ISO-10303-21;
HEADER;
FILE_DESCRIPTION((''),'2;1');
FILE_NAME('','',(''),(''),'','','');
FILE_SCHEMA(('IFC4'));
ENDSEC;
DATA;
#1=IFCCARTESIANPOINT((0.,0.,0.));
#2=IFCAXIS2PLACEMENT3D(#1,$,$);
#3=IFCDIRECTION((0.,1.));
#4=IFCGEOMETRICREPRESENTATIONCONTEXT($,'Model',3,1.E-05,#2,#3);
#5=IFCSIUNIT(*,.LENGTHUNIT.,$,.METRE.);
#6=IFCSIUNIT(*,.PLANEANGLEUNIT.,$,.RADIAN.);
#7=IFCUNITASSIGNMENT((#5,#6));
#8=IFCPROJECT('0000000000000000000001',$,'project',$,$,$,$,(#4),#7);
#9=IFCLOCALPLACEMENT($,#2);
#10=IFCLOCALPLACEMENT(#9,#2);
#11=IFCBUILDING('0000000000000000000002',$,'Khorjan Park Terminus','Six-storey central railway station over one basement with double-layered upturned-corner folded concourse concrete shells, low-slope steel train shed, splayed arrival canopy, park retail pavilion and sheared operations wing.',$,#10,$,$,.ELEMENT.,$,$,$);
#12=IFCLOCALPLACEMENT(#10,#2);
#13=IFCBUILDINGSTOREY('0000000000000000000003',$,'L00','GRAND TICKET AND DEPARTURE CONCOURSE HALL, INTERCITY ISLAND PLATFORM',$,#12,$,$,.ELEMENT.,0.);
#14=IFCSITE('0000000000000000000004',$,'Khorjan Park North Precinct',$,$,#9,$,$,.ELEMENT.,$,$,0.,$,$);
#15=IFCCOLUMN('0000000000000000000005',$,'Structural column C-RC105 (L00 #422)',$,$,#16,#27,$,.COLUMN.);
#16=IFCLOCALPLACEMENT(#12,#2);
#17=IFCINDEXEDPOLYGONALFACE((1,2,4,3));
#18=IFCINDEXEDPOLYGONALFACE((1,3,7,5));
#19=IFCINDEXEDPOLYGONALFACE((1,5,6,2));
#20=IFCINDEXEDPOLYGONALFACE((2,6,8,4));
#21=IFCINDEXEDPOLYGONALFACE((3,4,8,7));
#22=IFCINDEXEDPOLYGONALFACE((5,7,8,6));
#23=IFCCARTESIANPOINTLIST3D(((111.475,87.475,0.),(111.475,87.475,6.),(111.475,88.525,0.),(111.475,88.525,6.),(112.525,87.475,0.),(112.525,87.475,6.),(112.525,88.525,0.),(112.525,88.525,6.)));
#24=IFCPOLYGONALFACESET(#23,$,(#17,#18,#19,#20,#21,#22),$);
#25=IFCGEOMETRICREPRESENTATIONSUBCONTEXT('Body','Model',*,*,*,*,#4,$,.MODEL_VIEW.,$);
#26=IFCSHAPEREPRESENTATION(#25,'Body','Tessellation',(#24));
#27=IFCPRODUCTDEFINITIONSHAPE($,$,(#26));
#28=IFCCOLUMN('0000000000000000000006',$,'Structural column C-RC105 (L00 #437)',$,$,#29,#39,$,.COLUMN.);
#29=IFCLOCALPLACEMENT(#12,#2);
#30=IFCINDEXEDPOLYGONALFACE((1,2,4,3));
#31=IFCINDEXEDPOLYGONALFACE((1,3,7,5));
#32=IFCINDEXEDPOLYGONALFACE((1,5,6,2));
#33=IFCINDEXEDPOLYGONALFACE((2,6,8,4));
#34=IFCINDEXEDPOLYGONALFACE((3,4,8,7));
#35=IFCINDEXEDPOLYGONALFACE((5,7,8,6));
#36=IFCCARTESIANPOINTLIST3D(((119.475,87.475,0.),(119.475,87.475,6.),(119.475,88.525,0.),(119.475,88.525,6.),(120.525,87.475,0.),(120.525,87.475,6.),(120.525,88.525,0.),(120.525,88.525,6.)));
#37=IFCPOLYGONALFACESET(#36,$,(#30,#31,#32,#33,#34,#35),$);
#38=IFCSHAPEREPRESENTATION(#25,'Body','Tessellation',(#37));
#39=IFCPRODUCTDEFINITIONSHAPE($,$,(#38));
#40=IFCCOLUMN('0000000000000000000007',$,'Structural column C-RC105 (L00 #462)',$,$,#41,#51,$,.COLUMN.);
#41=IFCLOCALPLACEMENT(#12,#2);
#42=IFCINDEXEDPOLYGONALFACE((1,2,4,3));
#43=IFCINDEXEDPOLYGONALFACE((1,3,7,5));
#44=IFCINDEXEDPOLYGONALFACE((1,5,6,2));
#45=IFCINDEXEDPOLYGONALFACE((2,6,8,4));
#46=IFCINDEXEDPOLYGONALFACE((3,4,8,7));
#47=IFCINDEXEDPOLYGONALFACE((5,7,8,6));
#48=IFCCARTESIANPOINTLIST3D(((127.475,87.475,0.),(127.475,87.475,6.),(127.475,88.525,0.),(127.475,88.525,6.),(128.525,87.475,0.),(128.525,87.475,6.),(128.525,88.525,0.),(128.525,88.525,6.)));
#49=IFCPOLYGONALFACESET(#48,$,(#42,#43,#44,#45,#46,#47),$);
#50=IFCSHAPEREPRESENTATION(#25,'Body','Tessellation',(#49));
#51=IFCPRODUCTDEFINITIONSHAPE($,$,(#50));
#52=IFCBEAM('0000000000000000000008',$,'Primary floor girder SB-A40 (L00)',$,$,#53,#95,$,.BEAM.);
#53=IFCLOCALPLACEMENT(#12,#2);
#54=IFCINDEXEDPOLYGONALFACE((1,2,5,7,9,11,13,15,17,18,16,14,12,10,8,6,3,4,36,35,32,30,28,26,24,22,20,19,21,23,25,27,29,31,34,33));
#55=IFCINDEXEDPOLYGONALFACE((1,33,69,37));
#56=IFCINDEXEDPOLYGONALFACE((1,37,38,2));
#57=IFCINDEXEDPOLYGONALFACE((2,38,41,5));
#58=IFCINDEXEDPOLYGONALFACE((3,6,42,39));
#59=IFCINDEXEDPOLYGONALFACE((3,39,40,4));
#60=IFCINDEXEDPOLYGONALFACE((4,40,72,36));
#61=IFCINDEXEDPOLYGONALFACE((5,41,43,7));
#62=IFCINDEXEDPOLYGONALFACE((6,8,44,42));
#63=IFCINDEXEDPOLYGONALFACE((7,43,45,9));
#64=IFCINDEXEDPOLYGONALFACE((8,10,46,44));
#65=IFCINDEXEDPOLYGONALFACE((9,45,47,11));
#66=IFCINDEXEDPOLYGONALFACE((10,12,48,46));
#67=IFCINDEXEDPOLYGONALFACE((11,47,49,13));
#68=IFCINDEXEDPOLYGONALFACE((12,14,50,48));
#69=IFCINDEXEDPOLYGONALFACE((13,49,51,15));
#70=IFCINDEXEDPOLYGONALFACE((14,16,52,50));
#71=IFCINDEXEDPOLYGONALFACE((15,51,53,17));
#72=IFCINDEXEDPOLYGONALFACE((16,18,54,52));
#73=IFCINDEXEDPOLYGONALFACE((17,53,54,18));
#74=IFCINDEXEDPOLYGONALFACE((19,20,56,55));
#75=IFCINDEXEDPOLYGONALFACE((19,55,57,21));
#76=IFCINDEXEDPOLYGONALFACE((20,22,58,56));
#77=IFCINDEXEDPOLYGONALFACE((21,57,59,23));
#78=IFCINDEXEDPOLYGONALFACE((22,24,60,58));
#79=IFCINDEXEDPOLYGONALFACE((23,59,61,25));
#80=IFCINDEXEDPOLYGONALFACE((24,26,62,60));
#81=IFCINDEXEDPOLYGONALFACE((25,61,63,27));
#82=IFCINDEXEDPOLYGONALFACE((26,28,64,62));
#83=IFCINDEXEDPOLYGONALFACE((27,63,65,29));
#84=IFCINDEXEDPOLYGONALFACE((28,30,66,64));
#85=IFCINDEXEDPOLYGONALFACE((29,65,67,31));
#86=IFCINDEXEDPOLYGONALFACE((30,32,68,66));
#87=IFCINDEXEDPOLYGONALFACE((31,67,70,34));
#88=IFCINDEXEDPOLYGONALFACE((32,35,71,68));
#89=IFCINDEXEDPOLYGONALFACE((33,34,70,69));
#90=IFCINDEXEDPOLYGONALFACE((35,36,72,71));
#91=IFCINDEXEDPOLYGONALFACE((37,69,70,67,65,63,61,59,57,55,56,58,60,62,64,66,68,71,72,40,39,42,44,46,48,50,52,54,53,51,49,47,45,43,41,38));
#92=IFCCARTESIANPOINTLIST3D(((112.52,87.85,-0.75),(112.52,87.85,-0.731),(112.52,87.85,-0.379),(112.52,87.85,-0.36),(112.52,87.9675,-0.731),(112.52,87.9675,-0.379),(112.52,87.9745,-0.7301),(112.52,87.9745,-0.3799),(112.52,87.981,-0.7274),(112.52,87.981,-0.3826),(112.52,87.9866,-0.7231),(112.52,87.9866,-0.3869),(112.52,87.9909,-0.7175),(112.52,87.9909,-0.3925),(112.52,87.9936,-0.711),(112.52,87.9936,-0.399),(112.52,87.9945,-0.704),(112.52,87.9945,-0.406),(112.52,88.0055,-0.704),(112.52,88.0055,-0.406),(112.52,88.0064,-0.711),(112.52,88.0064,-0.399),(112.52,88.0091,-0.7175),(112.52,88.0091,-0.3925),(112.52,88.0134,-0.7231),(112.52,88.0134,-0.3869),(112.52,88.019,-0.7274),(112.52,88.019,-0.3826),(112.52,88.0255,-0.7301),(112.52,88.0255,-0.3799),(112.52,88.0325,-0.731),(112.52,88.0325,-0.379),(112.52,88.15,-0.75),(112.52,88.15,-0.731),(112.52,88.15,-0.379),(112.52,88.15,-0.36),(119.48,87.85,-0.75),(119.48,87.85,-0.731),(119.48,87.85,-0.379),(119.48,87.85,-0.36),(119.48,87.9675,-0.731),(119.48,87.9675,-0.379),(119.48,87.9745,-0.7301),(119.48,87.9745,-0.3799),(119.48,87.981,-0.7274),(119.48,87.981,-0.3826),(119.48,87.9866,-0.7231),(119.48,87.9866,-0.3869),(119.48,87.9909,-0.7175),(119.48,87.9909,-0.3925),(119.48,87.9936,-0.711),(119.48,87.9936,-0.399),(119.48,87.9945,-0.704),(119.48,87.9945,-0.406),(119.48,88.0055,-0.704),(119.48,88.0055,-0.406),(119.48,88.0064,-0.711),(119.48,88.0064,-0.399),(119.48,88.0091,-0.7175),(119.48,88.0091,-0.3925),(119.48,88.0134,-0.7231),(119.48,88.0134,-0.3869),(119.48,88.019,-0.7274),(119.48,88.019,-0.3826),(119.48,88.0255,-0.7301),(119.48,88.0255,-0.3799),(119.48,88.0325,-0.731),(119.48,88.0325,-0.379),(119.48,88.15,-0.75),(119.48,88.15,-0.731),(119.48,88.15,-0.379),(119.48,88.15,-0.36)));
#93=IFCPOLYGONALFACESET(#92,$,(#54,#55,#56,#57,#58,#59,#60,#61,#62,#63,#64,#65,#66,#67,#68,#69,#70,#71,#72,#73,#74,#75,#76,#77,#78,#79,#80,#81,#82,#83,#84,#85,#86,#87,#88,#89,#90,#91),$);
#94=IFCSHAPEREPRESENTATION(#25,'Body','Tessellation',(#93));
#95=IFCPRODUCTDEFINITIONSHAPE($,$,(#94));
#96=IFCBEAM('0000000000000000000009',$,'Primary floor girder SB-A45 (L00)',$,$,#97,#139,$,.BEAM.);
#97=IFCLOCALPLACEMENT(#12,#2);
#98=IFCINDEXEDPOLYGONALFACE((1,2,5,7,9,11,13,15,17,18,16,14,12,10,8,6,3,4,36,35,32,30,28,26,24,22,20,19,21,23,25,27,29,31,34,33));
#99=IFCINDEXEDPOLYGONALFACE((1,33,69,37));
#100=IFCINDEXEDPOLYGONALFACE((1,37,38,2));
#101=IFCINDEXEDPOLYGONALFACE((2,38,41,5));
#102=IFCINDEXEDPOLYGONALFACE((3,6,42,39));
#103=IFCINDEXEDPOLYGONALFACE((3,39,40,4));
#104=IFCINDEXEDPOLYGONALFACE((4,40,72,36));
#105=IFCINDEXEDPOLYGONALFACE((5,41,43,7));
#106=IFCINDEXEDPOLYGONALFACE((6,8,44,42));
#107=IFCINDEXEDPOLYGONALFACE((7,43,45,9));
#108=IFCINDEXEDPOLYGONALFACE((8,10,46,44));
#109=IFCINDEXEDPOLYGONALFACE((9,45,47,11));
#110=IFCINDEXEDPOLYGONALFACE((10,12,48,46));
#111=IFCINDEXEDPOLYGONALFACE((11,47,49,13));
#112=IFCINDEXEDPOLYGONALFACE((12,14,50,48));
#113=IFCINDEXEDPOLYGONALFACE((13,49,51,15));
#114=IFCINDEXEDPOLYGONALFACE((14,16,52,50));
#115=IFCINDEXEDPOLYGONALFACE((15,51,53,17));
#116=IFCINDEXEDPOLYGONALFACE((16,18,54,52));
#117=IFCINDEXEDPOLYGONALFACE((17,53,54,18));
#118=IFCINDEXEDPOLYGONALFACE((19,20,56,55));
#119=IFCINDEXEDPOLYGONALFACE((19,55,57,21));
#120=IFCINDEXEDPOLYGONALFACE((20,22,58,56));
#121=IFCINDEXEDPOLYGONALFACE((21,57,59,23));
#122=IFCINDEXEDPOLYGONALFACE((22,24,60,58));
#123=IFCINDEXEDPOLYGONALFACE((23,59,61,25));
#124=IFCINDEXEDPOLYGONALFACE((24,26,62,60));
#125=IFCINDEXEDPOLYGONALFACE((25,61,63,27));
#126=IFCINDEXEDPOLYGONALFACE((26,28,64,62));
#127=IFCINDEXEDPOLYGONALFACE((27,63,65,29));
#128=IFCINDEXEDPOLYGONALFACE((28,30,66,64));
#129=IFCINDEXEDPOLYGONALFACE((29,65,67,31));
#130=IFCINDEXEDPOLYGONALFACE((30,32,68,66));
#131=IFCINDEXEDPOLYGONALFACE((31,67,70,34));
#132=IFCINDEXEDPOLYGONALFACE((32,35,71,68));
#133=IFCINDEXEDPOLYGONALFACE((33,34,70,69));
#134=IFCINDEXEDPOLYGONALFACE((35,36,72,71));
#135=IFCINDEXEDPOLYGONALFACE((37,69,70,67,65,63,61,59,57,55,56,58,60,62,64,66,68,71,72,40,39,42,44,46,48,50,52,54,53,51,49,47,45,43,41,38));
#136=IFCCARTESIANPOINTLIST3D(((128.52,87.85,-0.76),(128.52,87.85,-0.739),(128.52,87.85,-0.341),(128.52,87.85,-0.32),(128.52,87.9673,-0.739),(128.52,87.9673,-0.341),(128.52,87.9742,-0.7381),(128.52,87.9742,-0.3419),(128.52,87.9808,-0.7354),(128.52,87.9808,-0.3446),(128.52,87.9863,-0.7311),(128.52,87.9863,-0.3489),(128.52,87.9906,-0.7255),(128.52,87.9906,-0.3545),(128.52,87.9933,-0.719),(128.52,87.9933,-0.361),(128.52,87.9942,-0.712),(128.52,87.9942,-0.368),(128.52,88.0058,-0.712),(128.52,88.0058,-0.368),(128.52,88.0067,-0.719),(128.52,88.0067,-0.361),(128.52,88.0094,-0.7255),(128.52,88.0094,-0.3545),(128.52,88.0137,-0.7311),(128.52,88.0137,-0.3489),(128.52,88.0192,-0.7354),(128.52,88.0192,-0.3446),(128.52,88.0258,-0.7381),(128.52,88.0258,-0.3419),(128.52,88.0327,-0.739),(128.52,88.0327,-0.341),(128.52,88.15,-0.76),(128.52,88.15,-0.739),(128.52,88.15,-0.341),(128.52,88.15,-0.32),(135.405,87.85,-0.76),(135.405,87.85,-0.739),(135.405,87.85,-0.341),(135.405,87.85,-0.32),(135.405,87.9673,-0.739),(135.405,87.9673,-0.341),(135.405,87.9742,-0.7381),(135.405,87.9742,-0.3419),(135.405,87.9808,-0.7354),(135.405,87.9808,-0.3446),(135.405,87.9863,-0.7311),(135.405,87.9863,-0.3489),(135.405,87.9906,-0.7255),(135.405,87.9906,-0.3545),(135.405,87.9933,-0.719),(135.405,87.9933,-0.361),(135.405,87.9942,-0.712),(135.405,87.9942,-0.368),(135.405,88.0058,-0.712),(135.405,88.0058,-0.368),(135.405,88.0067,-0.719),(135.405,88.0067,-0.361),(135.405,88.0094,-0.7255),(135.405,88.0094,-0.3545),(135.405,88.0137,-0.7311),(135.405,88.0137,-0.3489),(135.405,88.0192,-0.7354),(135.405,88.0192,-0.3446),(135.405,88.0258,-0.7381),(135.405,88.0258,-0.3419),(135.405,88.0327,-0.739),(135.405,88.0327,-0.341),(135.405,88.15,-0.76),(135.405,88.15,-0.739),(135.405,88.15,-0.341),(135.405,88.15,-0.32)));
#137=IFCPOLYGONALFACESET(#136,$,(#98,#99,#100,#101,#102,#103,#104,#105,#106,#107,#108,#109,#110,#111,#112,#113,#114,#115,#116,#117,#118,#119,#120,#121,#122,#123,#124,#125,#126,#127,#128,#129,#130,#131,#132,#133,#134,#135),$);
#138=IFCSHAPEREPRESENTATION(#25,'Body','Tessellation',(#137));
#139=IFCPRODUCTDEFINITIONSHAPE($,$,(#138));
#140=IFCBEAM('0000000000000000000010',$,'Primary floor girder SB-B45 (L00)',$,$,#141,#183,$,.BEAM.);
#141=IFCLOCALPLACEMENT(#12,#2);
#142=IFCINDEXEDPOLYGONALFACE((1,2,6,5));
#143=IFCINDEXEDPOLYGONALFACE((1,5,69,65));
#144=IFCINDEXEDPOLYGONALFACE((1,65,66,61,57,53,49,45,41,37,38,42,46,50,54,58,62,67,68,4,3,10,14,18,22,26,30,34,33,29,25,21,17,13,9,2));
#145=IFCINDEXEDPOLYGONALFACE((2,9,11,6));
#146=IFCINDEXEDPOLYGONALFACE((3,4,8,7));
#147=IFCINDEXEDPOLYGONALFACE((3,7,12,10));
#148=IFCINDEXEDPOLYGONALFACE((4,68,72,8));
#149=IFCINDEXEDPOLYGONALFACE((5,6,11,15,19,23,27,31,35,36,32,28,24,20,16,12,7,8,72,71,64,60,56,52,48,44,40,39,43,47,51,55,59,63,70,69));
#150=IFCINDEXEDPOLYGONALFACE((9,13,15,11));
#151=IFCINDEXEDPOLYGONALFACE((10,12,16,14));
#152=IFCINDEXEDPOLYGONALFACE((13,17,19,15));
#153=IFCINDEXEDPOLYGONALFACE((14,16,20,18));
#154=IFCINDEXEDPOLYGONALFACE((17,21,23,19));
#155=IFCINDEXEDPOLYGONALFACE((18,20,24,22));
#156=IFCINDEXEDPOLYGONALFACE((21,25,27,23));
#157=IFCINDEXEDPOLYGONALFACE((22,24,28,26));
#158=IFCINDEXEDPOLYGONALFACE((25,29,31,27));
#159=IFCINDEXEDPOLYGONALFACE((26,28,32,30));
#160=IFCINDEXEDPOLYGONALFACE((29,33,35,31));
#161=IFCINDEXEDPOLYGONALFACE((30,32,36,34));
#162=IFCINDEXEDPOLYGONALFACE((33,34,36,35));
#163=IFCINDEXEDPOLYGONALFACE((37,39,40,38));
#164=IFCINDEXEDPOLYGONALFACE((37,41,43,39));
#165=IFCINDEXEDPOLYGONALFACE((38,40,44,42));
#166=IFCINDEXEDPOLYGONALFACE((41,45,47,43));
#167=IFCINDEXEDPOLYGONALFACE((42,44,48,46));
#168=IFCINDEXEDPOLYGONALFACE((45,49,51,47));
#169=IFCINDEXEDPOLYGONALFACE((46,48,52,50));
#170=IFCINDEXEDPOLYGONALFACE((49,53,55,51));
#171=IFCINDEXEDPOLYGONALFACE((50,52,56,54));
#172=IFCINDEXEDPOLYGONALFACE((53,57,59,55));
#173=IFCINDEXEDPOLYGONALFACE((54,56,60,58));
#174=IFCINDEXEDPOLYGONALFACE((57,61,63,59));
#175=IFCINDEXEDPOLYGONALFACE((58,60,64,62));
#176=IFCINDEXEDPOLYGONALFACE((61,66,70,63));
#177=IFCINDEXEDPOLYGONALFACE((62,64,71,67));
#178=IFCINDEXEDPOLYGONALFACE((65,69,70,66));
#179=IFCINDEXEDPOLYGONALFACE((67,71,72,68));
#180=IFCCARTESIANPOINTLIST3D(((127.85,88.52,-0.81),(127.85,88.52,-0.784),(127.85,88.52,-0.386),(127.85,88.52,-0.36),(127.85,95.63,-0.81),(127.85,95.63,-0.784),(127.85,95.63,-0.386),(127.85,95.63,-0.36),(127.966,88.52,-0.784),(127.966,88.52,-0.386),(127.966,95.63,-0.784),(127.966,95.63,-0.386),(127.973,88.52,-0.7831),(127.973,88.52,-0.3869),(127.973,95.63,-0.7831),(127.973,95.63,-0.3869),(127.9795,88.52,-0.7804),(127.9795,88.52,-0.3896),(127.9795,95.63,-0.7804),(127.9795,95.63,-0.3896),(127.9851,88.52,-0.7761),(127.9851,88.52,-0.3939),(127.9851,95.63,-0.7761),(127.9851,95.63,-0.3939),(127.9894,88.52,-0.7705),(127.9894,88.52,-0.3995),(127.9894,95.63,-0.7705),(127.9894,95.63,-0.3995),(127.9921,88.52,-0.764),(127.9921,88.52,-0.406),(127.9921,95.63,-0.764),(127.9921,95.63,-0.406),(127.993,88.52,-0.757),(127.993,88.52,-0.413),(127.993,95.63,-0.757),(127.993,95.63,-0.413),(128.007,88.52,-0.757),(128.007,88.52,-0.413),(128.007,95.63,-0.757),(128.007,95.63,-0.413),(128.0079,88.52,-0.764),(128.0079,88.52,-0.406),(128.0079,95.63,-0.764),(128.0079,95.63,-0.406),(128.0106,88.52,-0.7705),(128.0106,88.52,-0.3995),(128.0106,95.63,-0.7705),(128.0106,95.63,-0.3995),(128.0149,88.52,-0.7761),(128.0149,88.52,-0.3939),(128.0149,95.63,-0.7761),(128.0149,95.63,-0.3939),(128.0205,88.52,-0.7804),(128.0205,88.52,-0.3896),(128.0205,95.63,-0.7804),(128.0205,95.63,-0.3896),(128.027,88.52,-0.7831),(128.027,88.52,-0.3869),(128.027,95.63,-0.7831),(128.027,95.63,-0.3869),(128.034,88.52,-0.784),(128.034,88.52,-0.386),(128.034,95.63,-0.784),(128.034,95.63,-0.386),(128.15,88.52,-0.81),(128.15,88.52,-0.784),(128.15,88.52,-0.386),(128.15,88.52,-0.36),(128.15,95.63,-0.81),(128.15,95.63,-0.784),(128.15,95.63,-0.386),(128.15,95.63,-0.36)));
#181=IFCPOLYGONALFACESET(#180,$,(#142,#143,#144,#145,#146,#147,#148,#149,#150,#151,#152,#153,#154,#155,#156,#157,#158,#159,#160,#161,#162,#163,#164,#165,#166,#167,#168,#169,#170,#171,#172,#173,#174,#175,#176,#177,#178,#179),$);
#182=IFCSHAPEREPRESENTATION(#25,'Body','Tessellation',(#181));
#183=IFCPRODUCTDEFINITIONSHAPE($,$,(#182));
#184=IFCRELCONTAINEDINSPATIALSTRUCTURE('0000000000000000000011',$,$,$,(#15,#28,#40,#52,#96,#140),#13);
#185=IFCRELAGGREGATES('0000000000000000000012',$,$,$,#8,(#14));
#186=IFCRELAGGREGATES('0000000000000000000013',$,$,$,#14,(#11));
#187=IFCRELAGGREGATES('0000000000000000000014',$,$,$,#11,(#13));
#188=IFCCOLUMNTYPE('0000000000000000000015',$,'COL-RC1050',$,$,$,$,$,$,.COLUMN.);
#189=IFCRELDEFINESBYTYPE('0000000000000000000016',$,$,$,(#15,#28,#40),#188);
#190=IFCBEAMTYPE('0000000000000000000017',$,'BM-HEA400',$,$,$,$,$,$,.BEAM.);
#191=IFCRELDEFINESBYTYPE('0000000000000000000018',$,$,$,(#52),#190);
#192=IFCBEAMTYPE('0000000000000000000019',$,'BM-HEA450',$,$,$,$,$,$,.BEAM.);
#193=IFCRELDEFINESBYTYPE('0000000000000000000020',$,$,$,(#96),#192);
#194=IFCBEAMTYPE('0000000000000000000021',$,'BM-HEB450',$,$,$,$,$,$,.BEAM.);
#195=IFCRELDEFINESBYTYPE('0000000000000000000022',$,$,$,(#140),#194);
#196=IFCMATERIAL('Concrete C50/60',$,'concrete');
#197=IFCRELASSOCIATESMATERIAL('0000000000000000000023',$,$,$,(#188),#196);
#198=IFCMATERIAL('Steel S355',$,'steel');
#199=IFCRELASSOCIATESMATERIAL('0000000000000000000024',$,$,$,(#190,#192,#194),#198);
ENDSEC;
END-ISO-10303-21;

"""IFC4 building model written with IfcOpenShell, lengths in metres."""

from ifc_helpers import new_model, si_unit, direction, frame, origin, origin_2d, place, context, subcontext, project, spatial, rectangle, i_section, extrude, material, material_profile, profile_set, type_object, element, save


model = new_model("IFC4")

# Units and contexts
model_context = context("Model", 3, precision=1e-05, world=origin(), true_north=direction((0.0, 1.0)))
body_context = subcontext(model_context, "Body", "Model", "MODEL_VIEW")
ifc_project = project(units=[si_unit("LENGTHUNIT", "METRE"), si_unit("PLANEANGLEUNIT", "RADIAN")], contexts=[model_context])

# Site, building, storey
site_placement = place(None, origin())
site = spatial("IfcSite", under=ifc_project, at=site_placement, Name="Khorjan Park North Precinct", CompositionType="ELEMENT", RefElevation=0.0)
building_placement = place(site_placement, origin())
building = spatial("IfcBuilding", under=site, at=building_placement, Name="Khorjan Park Terminus", Description="Six-storey central railway station over one basement with double-layered upturned-corner folded concourse concrete shells, low-slope steel train shed, splayed arrival canopy, park retail pavilion and sheared operations wing.", CompositionType="ELEMENT")
storey_placement = place(building_placement, origin())
storey = spatial("IfcBuildingStorey", under=building, at=storey_placement, Name="L00", Description="GRAND TICKET AND DEPARTURE CONCOURSE HALL, INTERCITY ISLAND PLATFORM", CompositionType="ELEMENT", Elevation=0.0)

# Columns
ifc_material_1 = material(Name="Concrete C50/60", Category="concrete")
ifc_material_profile_1 = material_profile(ifc_material_1, rectangle(XDim=1.05, YDim=1.05, at=origin_2d()), Name="RC 1050x1050")
ifc_profile_set_1 = profile_set([ifc_material_profile_1], Name="Concrete C50/60")
column_type = type_object("IfcColumnType", Name="COL-RC1050", PredefinedType="COLUMN", material=ifc_profile_set_1)
for number, where, z_axis, x_axis, name in (
    (1, (112.0, 88.0, 0.0), (0.0, 0.0, 1.0), (1.0, 0.0, 0.0), "Structural column C-RC105 (L00 #422)"),
    (2, (120.0, 88.0, 0.0), (0.0, 0.0, 1.0), (1.0, 0.0, 0.0), "Structural column C-RC105 (L00 #437)"),
    (3, (128.0, 88.0, 0.0), (0.0, 0.0, 1.0), (1.0, 0.0, 0.0), "Structural column C-RC105 (L00 #462)"),
):
    element("IfcColumn", number, at=place(storey_placement, frame(where, z_axis=z_axis, x_axis=x_axis)), inside=storey, type_object=column_type, Name=name, PredefinedType="COLUMN", context=body_context, shape_type="SweptSolid", body=[
        extrude(rectangle(XDim=1.05, YDim=1.05, at=origin_2d()), origin(), (0.0, 0.0, 1.0), 6.0),
    ])

# Beams
ifc_material_2 = material(Name="Steel S355", Category="steel")
ifc_material_profile_2 = material_profile(ifc_material_2, i_section(OverallWidth=0.3, OverallDepth=0.39, WebThickness=0.011, FlangeThickness=0.019, FilletRadius=0.027, at=origin_2d()), Name="HEA 400")
ifc_profile_set_2 = profile_set([ifc_material_profile_2], Name="Steel S355")
beam_type_1 = type_object("IfcBeamType", Name="BM-HEA400", PredefinedType="BEAM", material=ifc_profile_set_2)
beam_1_placement = place(storey_placement, frame((112.52, 88.0, -0.555), z_axis=(1.0, 0.0, 0.0), x_axis=(0.0, 1.0, 0.0)))
element("IfcBeam", 4, at=beam_1_placement, inside=storey, type_object=beam_type_1, Name="Primary floor girder SB-A40 (L00)", PredefinedType="BEAM", context=body_context, shape_type="SweptSolid", body=[
    extrude(i_section(OverallWidth=0.3, OverallDepth=0.39, WebThickness=0.011, FlangeThickness=0.019, FilletRadius=0.027, at=origin_2d()), origin(), (0.0, 0.0, 1.0), 6.96),
])
ifc_material_profile_3 = material_profile(ifc_material_2, i_section(OverallWidth=0.3, OverallDepth=0.44, WebThickness=0.0115, FlangeThickness=0.021, FilletRadius=0.027, at=origin_2d()), Name="HEA 450")
ifc_profile_set_3 = profile_set([ifc_material_profile_3], Name="Steel S355")
beam_type_2 = type_object("IfcBeamType", Name="BM-HEA450", PredefinedType="BEAM", material=ifc_profile_set_3)
beam_2_placement = place(storey_placement, frame((128.52, 88.0, -0.54), z_axis=(1.0, 0.0, 0.0), x_axis=(0.0, 1.0, 0.0)))
element("IfcBeam", 5, at=beam_2_placement, inside=storey, type_object=beam_type_2, Name="Primary floor girder SB-A45 (L00)", PredefinedType="BEAM", context=body_context, shape_type="SweptSolid", body=[
    extrude(i_section(OverallWidth=0.3, OverallDepth=0.44, WebThickness=0.0115, FlangeThickness=0.021, FilletRadius=0.027, at=origin_2d()), origin(), (0.0, 0.0, 1.0), 6.885),
])
ifc_material_profile_4 = material_profile(ifc_material_2, i_section(OverallWidth=0.3, OverallDepth=0.45, WebThickness=0.014, FlangeThickness=0.026, FilletRadius=0.027, at=origin_2d()), Name="HEB 450")
ifc_profile_set_4 = profile_set([ifc_material_profile_4], Name="Steel S355")
beam_type_3 = type_object("IfcBeamType", Name="BM-HEB450", PredefinedType="BEAM", material=ifc_profile_set_4)
beam_3_placement = place(storey_placement, frame((128.0, 88.52, -0.585), z_axis=(0.0, 1.0, 0.0), x_axis=(-1.0, 0.0, 0.0)))
element("IfcBeam", 6, at=beam_3_placement, inside=storey, type_object=beam_type_3, Name="Primary floor girder SB-B45 (L00)", PredefinedType="BEAM", context=body_context, shape_type="SweptSolid", body=[
    extrude(i_section(OverallWidth=0.3, OverallDepth=0.45, WebThickness=0.014, FlangeThickness=0.026, FilletRadius=0.027, at=origin_2d()), origin(), (0.0, 0.0, 1.0), 7.11),
])

save(model, "model.ifc")
